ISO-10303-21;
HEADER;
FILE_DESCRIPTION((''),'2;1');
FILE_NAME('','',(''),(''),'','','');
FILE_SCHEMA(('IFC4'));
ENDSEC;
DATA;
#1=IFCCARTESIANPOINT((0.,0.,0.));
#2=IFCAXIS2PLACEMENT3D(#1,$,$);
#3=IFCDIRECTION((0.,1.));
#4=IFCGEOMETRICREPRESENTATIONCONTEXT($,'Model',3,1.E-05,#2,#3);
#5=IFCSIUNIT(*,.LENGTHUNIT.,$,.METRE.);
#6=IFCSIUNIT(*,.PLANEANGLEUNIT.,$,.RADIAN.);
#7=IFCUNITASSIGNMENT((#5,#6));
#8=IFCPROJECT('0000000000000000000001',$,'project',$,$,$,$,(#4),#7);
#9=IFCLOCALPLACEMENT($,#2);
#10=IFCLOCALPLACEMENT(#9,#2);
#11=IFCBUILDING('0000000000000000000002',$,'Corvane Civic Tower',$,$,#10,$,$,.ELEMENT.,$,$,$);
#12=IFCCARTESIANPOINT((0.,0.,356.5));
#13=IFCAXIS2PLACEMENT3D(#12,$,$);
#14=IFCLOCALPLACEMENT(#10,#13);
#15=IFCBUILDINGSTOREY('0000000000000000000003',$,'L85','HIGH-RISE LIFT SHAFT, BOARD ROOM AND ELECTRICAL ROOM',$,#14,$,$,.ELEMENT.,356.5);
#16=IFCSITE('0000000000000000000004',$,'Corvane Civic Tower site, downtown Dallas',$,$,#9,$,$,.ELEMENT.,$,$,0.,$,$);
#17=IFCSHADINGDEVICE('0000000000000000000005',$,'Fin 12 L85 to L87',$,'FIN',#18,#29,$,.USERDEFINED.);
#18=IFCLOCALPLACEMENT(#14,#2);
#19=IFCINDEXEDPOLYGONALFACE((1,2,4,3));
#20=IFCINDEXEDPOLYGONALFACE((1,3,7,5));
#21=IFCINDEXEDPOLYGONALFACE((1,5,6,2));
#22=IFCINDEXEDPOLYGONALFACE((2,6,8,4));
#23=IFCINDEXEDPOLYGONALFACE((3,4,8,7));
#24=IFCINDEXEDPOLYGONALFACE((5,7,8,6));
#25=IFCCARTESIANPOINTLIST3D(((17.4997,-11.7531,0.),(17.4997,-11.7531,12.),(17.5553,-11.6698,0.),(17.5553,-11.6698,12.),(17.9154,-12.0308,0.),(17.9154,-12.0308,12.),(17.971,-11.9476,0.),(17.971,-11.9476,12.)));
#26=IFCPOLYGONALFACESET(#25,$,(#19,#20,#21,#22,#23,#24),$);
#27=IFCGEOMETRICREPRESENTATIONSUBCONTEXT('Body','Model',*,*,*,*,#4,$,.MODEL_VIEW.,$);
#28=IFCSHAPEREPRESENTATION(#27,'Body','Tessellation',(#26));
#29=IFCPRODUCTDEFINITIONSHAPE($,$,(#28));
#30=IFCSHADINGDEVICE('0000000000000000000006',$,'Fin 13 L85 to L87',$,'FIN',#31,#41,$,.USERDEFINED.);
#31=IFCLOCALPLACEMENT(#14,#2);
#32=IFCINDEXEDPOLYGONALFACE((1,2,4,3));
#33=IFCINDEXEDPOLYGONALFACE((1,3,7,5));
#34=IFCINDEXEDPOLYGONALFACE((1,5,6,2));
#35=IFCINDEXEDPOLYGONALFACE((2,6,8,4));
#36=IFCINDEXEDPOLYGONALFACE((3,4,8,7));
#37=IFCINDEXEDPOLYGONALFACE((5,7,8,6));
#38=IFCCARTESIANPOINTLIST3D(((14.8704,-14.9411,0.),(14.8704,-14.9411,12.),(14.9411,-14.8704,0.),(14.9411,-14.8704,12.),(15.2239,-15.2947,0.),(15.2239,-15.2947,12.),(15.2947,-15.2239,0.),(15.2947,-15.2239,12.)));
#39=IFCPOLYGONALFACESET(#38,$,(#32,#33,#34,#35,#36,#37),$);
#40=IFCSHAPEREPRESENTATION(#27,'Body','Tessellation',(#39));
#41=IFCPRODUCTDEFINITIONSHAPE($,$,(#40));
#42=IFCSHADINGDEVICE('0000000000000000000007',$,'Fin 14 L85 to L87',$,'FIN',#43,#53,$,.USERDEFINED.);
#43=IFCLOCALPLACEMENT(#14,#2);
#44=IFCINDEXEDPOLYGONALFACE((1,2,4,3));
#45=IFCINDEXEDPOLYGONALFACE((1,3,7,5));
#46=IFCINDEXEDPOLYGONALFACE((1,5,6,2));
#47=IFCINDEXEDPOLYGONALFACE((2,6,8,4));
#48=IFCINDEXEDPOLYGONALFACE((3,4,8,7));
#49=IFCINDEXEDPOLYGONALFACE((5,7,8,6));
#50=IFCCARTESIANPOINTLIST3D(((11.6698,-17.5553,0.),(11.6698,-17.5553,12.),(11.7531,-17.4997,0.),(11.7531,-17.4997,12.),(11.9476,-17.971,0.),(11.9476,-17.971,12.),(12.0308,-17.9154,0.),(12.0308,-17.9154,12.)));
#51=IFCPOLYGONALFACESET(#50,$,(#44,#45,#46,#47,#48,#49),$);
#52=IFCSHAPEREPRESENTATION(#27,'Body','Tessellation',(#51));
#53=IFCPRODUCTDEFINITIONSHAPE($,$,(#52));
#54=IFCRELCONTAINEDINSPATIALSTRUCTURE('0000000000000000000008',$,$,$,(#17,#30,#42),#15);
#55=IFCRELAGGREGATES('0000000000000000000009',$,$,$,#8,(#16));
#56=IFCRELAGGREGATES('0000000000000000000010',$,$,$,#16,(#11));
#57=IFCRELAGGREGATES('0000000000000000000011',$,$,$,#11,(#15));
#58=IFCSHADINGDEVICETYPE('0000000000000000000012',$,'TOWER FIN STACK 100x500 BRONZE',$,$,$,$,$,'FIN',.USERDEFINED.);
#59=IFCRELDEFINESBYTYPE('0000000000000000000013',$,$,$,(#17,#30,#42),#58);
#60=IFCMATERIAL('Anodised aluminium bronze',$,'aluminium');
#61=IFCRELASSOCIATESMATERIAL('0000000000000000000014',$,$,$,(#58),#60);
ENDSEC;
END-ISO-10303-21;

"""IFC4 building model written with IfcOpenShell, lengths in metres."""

from ifc_helpers import new_model, si_unit, direction, frame, origin, origin_2d, place, context, subcontext, project, spatial, rectangle, extrude, material, material_profile, profile_set, type_object, element, save


model = new_model("IFC4")

# Units and contexts
model_context = context("Model", 3, precision=1e-05, world=origin(), true_north=direction((0.0, 1.0)))
body_context = subcontext(model_context, "Body", "Model", "MODEL_VIEW")
ifc_project = project(units=[si_unit("LENGTHUNIT", "METRE"), si_unit("PLANEANGLEUNIT", "RADIAN")], contexts=[model_context])

# Site, building, storey
site_placement = place(None, origin())
site = spatial("IfcSite", under=ifc_project, at=site_placement, Name="Corvane Civic Tower site, downtown Dallas", CompositionType="ELEMENT", RefElevation=0.0)
building_placement = place(site_placement, origin())
building = spatial("IfcBuilding", under=site, at=building_placement, Name="Corvane Civic Tower", CompositionType="ELEMENT")
storey_placement = place(building_placement, frame((0.0, 0.0, 356.5)))
storey = spatial("IfcBuildingStorey", under=building, at=storey_placement, Name="L85", Description="HIGH-RISE LIFT SHAFT, BOARD ROOM AND ELECTRICAL ROOM", CompositionType="ELEMENT", Elevation=356.5)

# Shading devices
ifc_material_1 = material(Name="Anodised aluminium bronze", Category="aluminium")
ifc_material_profile_1 = material_profile(ifc_material_1, rectangle(XDim=0.1001, YDim=0.5, at=origin_2d()), Name="TOWER FIN STACK 100x500 BRONZE")
ifc_profile_set_1 = profile_set([ifc_material_profile_1], Name="Anodised aluminium bronze")
shading_device_type = type_object("IfcShadingDeviceType", Name="TOWER FIN STACK 100x500 BRONZE", ElementType="FIN", PredefinedType="USERDEFINED", material=ifc_profile_set_1)
for number, where, z_axis, x_axis, name in (
    (1, (17.7354, -11.8503, 0.0), (0.0, 0.0, 1.0), (-0.55557, -0.83147, 0.0), "Fin 12 L85 to L87"),
    (2, (15.0825, -15.0825, 0.0), (0.0, 0.0, 1.0), (-0.707107, -0.707107, 0.0), "Fin 13 L85 to L87"),
    (3, (11.8503, -17.7354, 0.0), (0.0, 0.0, 1.0), (-0.83147, -0.55557, 0.0), "Fin 14 L85 to L87"),
):
    element("IfcShadingDevice", number, at=place(storey_placement, frame(where, z_axis=z_axis, x_axis=x_axis)), inside=storey, type_object=shading_device_type, Name=name, ObjectType="FIN", PredefinedType="USERDEFINED", context=body_context, shape_type="SweptSolid", body=[
        extrude(rectangle(XDim=0.1001, YDim=0.5, at=origin_2d()), origin(), (0.0, 0.0, 1.0), 12.0),
    ])

save(model, "model.ifc")
